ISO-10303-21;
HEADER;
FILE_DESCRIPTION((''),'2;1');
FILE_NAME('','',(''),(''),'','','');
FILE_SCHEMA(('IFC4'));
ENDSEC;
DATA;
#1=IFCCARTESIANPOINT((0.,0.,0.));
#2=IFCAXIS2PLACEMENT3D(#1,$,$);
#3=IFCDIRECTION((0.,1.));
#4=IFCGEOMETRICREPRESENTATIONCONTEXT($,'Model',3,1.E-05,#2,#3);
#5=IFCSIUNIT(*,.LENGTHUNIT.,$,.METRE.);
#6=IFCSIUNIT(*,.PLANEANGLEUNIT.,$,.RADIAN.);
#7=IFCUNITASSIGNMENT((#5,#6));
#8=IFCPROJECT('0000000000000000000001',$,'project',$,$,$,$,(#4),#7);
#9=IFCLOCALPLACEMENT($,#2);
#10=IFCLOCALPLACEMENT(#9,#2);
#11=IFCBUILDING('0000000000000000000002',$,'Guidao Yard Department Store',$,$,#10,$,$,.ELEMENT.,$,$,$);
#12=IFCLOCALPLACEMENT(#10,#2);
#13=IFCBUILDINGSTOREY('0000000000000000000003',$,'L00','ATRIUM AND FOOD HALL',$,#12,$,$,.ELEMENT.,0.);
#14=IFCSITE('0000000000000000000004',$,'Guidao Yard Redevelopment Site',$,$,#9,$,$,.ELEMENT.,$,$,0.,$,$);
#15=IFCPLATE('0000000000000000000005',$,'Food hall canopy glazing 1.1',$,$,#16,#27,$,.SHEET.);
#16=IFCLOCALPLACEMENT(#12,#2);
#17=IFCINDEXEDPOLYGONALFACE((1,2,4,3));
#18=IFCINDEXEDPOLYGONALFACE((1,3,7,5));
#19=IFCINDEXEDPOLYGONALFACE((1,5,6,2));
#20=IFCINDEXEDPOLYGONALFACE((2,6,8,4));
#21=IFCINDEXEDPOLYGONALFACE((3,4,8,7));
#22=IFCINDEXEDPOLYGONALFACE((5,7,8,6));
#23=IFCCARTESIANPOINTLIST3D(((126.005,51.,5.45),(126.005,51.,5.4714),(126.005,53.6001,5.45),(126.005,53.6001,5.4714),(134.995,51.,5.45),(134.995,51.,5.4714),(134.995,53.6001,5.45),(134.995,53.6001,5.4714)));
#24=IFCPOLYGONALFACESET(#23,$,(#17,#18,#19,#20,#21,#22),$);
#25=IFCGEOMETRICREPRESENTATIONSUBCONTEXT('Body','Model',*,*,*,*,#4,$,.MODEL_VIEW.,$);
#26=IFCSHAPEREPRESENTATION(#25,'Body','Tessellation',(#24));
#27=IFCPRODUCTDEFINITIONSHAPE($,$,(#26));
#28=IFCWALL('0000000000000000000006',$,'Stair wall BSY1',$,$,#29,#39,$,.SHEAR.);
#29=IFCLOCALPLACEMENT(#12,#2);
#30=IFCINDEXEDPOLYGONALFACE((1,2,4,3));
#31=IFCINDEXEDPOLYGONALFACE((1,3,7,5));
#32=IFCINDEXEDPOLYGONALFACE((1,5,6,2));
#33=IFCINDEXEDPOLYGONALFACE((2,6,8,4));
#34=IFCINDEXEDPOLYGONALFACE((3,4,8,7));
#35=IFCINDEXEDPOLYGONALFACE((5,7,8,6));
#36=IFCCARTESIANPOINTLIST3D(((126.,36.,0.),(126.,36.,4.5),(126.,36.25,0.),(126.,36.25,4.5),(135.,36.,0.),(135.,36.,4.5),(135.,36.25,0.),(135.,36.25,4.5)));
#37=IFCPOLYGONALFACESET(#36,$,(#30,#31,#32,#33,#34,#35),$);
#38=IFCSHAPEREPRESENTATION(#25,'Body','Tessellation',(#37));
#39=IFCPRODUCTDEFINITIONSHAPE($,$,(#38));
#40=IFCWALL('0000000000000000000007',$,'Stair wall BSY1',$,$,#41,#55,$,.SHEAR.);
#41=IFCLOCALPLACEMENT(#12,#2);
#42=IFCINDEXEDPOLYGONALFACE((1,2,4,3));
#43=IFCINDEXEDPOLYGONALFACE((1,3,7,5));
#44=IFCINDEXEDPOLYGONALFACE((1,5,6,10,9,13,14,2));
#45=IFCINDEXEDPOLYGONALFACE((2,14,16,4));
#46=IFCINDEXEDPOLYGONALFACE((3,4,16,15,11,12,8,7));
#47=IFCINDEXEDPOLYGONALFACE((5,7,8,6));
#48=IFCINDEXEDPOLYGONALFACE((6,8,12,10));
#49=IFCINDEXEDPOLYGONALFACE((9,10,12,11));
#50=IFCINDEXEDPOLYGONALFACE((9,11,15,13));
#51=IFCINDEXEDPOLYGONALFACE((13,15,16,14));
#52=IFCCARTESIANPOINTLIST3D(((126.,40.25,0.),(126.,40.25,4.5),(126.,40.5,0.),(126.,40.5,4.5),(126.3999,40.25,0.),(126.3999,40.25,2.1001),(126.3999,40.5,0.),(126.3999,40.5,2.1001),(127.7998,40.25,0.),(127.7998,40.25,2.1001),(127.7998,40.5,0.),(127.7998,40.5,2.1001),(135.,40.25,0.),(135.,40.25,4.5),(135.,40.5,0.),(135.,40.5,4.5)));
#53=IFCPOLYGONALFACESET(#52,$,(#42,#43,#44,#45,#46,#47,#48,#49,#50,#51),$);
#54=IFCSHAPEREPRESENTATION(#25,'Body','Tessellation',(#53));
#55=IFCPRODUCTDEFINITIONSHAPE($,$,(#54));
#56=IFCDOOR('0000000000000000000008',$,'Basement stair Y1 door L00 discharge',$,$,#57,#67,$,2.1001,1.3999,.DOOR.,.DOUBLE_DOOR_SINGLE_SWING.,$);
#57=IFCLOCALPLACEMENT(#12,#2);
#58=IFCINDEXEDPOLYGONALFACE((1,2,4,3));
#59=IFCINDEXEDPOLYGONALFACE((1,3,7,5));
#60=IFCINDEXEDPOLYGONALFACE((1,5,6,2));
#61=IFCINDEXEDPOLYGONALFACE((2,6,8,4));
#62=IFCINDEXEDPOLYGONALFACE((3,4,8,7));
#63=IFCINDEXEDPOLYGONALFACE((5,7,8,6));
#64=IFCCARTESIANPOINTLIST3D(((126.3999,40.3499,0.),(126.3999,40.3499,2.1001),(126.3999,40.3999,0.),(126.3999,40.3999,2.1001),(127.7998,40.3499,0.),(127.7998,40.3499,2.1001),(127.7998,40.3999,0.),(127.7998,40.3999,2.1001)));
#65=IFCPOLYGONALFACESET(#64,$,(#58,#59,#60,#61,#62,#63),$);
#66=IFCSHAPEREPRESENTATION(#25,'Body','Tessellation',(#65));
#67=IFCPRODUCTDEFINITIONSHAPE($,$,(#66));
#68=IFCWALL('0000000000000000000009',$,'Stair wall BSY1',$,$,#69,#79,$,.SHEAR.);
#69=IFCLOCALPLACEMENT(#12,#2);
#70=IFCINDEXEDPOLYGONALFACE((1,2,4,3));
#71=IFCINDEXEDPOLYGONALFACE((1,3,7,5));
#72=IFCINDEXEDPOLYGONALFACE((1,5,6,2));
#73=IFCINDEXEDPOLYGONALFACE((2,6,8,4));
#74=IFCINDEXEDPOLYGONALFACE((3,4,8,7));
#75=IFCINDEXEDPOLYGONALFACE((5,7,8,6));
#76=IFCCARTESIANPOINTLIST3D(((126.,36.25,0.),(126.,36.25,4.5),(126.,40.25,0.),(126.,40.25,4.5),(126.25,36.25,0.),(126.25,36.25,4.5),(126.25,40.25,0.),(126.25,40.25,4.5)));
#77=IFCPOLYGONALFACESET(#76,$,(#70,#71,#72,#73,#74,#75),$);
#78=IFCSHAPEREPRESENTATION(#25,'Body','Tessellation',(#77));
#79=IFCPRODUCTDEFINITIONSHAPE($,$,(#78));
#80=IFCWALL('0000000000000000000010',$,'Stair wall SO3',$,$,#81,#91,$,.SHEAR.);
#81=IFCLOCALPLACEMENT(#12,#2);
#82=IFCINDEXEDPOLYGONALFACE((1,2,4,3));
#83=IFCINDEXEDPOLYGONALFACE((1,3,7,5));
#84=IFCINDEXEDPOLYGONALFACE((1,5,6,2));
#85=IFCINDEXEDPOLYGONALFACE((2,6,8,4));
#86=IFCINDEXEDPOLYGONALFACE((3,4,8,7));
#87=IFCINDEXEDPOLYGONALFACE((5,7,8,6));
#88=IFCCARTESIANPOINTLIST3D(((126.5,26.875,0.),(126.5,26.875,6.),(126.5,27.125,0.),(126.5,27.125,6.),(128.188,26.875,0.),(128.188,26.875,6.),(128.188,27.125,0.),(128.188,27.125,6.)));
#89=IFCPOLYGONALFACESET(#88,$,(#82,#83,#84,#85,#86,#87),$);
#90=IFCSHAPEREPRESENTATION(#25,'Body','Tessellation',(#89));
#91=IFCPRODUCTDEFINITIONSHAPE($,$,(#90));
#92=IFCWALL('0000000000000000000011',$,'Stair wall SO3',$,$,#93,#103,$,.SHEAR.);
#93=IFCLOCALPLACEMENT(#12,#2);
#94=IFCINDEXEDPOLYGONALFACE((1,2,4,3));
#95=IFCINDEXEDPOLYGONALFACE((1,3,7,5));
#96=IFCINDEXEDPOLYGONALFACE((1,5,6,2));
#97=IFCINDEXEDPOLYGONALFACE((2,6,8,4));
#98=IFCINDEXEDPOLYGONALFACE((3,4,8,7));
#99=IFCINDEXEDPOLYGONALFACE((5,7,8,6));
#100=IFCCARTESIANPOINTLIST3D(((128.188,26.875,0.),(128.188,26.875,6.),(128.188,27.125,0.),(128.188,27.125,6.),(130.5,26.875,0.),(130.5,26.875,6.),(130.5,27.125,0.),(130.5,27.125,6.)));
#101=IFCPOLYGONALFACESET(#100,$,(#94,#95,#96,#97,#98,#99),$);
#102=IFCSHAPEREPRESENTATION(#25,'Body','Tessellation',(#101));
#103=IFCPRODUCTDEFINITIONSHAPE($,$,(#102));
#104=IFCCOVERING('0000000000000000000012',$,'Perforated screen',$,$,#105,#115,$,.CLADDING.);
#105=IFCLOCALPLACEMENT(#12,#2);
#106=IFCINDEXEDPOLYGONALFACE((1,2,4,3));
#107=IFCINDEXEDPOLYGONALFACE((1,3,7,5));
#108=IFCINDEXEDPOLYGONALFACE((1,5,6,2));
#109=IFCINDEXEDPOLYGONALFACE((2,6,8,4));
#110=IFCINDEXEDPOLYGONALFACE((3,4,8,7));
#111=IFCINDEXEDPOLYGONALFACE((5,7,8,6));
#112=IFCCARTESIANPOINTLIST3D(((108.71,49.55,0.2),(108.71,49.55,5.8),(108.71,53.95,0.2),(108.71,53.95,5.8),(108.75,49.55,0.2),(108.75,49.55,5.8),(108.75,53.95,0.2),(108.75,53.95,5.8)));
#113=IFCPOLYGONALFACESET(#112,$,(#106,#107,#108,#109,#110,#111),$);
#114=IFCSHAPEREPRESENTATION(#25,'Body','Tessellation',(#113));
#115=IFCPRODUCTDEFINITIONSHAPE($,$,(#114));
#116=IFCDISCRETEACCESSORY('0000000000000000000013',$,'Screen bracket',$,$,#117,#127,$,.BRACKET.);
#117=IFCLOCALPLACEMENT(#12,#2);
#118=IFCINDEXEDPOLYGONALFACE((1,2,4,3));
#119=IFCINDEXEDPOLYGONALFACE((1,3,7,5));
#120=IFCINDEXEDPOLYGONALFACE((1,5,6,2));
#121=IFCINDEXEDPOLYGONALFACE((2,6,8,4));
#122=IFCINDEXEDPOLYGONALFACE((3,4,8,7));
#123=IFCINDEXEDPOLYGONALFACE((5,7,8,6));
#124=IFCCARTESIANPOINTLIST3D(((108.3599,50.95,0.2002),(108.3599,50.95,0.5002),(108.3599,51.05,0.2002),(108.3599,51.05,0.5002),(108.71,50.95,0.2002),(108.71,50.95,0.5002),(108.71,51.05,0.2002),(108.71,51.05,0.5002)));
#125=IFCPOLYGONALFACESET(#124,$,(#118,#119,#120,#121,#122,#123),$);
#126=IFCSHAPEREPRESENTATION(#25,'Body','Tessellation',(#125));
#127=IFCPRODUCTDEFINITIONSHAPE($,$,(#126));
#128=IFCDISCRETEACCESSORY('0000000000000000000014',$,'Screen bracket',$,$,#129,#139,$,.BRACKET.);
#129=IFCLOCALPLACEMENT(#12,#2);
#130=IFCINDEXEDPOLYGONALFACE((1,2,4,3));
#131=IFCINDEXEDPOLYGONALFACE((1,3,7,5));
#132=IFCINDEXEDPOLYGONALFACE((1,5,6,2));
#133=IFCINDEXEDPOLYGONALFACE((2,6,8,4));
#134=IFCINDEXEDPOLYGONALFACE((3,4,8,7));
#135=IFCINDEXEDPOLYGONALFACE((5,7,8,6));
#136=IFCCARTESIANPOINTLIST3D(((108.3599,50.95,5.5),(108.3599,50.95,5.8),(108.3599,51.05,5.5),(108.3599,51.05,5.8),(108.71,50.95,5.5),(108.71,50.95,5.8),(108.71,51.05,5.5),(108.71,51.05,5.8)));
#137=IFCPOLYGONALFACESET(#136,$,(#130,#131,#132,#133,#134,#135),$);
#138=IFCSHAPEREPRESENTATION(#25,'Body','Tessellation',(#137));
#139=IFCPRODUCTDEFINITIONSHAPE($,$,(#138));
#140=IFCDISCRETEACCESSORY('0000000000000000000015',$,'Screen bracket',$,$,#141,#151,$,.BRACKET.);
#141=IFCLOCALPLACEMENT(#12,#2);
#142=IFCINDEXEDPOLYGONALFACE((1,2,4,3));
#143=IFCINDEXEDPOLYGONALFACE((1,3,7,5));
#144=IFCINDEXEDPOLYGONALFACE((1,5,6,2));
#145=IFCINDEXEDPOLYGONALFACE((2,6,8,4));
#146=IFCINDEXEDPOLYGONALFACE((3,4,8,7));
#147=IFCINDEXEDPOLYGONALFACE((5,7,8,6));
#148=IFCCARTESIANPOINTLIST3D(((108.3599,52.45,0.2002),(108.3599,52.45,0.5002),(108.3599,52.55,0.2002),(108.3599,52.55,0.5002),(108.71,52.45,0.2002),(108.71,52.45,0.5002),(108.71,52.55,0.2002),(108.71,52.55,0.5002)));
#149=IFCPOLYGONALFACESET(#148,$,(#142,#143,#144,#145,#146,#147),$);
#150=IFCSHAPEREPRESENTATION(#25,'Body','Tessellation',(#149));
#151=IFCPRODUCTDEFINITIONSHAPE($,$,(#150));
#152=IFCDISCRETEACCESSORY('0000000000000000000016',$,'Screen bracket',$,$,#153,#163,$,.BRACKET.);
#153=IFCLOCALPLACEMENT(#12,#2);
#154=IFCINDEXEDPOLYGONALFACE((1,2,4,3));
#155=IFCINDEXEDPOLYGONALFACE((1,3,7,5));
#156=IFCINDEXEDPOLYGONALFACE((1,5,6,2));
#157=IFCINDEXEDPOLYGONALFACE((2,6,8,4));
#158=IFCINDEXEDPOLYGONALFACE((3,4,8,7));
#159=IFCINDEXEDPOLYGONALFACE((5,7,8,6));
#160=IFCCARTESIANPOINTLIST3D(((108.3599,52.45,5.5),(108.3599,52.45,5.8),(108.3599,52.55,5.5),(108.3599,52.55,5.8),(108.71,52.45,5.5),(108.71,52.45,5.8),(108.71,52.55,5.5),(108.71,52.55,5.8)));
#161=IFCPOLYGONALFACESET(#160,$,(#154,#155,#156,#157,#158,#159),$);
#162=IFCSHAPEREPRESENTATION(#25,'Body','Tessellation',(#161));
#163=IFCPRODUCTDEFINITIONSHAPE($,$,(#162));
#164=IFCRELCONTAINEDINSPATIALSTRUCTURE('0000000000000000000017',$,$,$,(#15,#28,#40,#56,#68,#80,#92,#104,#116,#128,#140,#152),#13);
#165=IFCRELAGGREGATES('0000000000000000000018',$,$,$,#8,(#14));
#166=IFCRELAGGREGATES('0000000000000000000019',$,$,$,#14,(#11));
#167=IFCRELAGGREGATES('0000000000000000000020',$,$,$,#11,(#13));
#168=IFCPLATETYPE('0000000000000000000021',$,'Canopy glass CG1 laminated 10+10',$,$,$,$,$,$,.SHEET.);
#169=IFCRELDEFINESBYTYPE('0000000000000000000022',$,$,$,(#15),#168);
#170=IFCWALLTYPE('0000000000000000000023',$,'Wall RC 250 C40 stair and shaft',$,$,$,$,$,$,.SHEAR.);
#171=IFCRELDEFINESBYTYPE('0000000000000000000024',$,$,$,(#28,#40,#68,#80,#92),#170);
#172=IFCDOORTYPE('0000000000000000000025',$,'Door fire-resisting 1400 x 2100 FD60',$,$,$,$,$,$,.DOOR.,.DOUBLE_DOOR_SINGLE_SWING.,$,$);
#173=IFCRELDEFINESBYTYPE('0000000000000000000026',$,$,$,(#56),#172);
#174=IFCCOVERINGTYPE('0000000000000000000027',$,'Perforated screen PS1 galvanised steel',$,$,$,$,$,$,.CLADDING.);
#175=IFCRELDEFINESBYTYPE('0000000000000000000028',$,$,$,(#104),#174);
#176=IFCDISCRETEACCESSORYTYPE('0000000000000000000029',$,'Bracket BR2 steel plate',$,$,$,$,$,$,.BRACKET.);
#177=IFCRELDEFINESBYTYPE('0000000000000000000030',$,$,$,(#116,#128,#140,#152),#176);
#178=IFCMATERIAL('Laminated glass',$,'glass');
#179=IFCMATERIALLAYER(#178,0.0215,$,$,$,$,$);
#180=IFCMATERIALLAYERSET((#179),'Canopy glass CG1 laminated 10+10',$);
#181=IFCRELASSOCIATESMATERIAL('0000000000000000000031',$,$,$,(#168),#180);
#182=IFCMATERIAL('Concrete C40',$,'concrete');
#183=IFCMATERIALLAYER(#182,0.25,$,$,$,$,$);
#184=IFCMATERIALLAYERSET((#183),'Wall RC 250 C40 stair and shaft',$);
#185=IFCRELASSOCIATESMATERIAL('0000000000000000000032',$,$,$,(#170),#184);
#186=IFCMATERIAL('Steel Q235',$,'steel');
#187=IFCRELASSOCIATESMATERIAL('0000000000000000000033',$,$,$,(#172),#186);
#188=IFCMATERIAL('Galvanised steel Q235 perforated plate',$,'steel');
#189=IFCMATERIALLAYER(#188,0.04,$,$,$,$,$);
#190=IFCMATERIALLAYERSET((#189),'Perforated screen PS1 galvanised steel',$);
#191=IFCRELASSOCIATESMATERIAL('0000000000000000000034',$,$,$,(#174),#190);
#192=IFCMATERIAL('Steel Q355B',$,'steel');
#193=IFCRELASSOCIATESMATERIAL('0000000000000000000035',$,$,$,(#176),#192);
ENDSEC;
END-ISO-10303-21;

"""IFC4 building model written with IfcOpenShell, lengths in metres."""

from ifc_helpers import new_model, si_unit, direction, frame, frame_2d, origin, origin_2d, place, context, subcontext, project, spatial, rectangle, extrude, material, layer, layer_set, type_object, element, fill, save


model = new_model("IFC4")

# Units and contexts
model_context = context("Model", 3, precision=1e-05, world=origin(), true_north=direction((0.0, 1.0)))
body_context = subcontext(model_context, "Body", "Model", "MODEL_VIEW")
ifc_project = project(units=[si_unit("LENGTHUNIT", "METRE"), si_unit("PLANEANGLEUNIT", "RADIAN")], contexts=[model_context])

# Site, building, storey
site_placement = place(None, origin())
site = spatial("IfcSite", under=ifc_project, at=site_placement, Name="Guidao Yard Redevelopment Site", CompositionType="ELEMENT", RefElevation=0.0)
building_placement = place(site_placement, origin())
building = spatial("IfcBuilding", under=site, at=building_placement, Name="Guidao Yard Department Store", CompositionType="ELEMENT")
storey_placement = place(building_placement, origin())
storey = spatial("IfcBuildingStorey", under=building, at=storey_placement, Name="L00", Description="ATRIUM AND FOOD HALL", CompositionType="ELEMENT", Elevation=0.0)

# Plate
ifc_material_1 = material(Name="Laminated glass", Category="glass")
ifc_layer_1 = layer(ifc_material_1, 0.0215)
ifc_layer_set_1 = layer_set([ifc_layer_1], Name="Canopy glass CG1 laminated 10+10")
plate_type = type_object("IfcPlateType", Name="Canopy glass CG1 laminated 10+10", PredefinedType="SHEET", material=ifc_layer_set_1)
plate_placement = place(storey_placement, frame((130.5, 52.3, 5.45), z_axis=(0.0, 0.0, 1.0), x_axis=(1.0, 0.0, 0.0)))
element("IfcPlate", 1, at=plate_placement, inside=storey, type_object=plate_type, Name="Food hall canopy glazing 1.1", PredefinedType="SHEET", context=body_context, shape_type="SweptSolid", body=[
    extrude(rectangle(XDim=8.99, YDim=2.6001, at=origin_2d()), origin(), (0.0, 0.0, 1.0), 0.0215),
])

# Wall
ifc_material_2 = material(Name="Concrete C40", Category="concrete")
ifc_layer_2 = layer(ifc_material_2, 0.25)
ifc_layer_set_2 = layer_set([ifc_layer_2], Name="Wall RC 250 C40 stair and shaft")
wall_type = type_object("IfcWallType", Name="Wall RC 250 C40 stair and shaft", PredefinedType="SHEAR", material=ifc_layer_set_2)
wall_1_placement = place(storey_placement, frame((126.0, 36.125, 0.0), z_axis=(0.0, 0.0, 1.0), x_axis=(1.0, 0.0, 0.0)))
element("IfcWall", 2, at=wall_1_placement, inside=storey, type_object=wall_type, Name="Stair wall BSY1", PredefinedType="SHEAR", context=body_context, shape_type="SweptSolid", body=[
    extrude(rectangle(XDim=9.0, YDim=0.25, at=frame_2d((4.5, 0.0))), origin(), (0.0, 0.0, 1.0), 4.5),
])

# Wall, opening, door
wall_2_placement = place(storey_placement, frame((126.0, 40.375, 0.0), z_axis=(0.0, 0.0, 1.0), x_axis=(1.0, 0.0, 0.0)))
wall_2 = element("IfcWall", 3, at=wall_2_placement, inside=storey, type_object=wall_type, Name="Stair wall BSY1", PredefinedType="SHEAR", context=body_context, shape_type="SweptSolid", body=[
    extrude(rectangle(XDim=9.0, YDim=0.25, at=frame_2d((4.5, 0.0))), origin(), (0.0, 0.0, 1.0), 4.5),
])
opening_placement = place(wall_2_placement, frame((0.3999, 0.0, 0.0)))
opening = element("IfcOpeningElement", 4, at=opening_placement, cuts=wall_2, PredefinedType="OPENING", context=body_context, shape_type="SweptSolid", body=[
    extrude(rectangle(XDim=1.3999, YDim=2.1001, at=frame_2d((0.7, 1.05))), frame((0.0, 0.135, 0.0), z_axis=(0.0, -1.0, 0.0), x_axis=(1.0, 0.0, 0.0)), (0.0, 0.0, 1.0), 0.27),
])
ifc_material_3 = material(Name="Steel Q235", Category="steel")
door_type = type_object("IfcDoorType", Name="Door fire-resisting 1400 x 2100 FD60", OperationType="DOUBLE_DOOR_SINGLE_SWING", PredefinedType="DOOR", material=ifc_material_3)
door_placement = place(opening_placement, origin())
door = element("IfcDoor", 5, at=door_placement, inside=storey, type_object=door_type, Name="Basement stair Y1 door L00 discharge", OperationType="DOUBLE_DOOR_SINGLE_SWING", OverallHeight=2.1001, OverallWidth=1.3999, PredefinedType="DOOR", context=body_context, shape_type="SweptSolid", body=[
    extrude(rectangle(XDim=1.3999, YDim=2.1001, at=frame_2d((0.7, 1.05))), frame((0.0, 0.0249, 0.0), z_axis=(0.0, -1.0, 0.0), x_axis=(1.0, 0.0, 0.0)), (0.0, 0.0, 1.0), 0.05),
])
fill(opening, door)

# Walls
wall_3_placement = place(storey_placement, frame((126.125, 36.25, 0.0), z_axis=(0.0, 0.0, 1.0), x_axis=(0.0, 1.0, 0.0)))
element("IfcWall", 6, at=wall_3_placement, inside=storey, type_object=wall_type, Name="Stair wall BSY1", PredefinedType="SHEAR", context=body_context, shape_type="SweptSolid", body=[
    extrude(rectangle(XDim=4.0, YDim=0.25, at=frame_2d((2.0, 0.0))), origin(), (0.0, 0.0, 1.0), 4.5),
])
wall_4_placement = place(storey_placement, frame((126.5, 27.0, 0.0), z_axis=(0.0, 0.0, 1.0), x_axis=(1.0, 0.0, 0.0)))
element("IfcWall", 7, at=wall_4_placement, inside=storey, type_object=wall_type, Name="Stair wall SO3", PredefinedType="SHEAR", context=body_context, shape_type="SweptSolid", body=[
    extrude(rectangle(XDim=1.688, YDim=0.25, at=frame_2d((0.844, 0.0))), origin(), (0.0, 0.0, 1.0), 6.0),
])
wall_5_placement = place(storey_placement, frame((128.188, 27.0, 0.0), z_axis=(0.0, 0.0, 1.0), x_axis=(1.0, 0.0, 0.0)))
element("IfcWall", 8, at=wall_5_placement, inside=storey, type_object=wall_type, Name="Stair wall SO3", PredefinedType="SHEAR", context=body_context, shape_type="SweptSolid", body=[
    extrude(rectangle(XDim=2.312, YDim=0.25, at=frame_2d((1.156, 0.0))), origin(), (0.0, 0.0, 1.0), 6.0),
])

# Covering
ifc_material_4 = material(Name="Galvanised steel Q235 perforated plate", Category="steel")
ifc_layer_3 = layer(ifc_material_4, 0.04)
ifc_layer_set_3 = layer_set([ifc_layer_3], Name="Perforated screen PS1 galvanised steel")
covering_type = type_object("IfcCoveringType", Name="Perforated screen PS1 galvanised steel", PredefinedType="CLADDING", material=ifc_layer_set_3)
covering_placement = place(storey_placement, frame((108.73, 51.75, 0.2), z_axis=(0.0, 0.0, 1.0), x_axis=(0.0, -1.0, 0.0)))
element("IfcCovering", 9, at=covering_placement, inside=storey, type_object=covering_type, Name="Perforated screen", PredefinedType="CLADDING", context=body_context, shape_type="SweptSolid", body=[
    extrude(rectangle(XDim=4.3999, YDim=0.04, at=origin_2d()), origin(), (0.0, 0.0, 1.0), 5.6001),
])

# Discrete accessories
ifc_material_5 = material(Name="Steel Q355B", Category="steel")
discrete_accessory_type = type_object("IfcDiscreteAccessoryType", Name="Bracket BR2 steel plate", PredefinedType="BRACKET", material=ifc_material_5)
for number, where, z_axis, x_axis, name in (
    (10, (108.5349, 51.0, 0.2002), (0.0, 0.0, 1.0), (0.0, -1.0, 0.0), "Screen bracket"),
    (11, (108.5349, 51.0, 5.5), (0.0, 0.0, 1.0), (0.0, -1.0, 0.0), "Screen bracket"),
    (12, (108.5349, 52.5, 0.2002), (0.0, 0.0, 1.0), (0.0, -1.0, 0.0), "Screen bracket"),
    (13, (108.5349, 52.5, 5.5), (0.0, 0.0, 1.0), (0.0, -1.0, 0.0), "Screen bracket"),
):
    element("IfcDiscreteAccessory", number, at=place(storey_placement, frame(where, z_axis=z_axis, x_axis=x_axis)), inside=storey, type_object=discrete_accessory_type, Name=name, PredefinedType="BRACKET", context=body_context, shape_type="SweptSolid", body=[
        extrude(rectangle(XDim=0.1001, YDim=0.3501, at=origin_2d()), origin(), (0.0, 0.0, 1.0), 0.3),
    ])

save(model, "model.ifc")
